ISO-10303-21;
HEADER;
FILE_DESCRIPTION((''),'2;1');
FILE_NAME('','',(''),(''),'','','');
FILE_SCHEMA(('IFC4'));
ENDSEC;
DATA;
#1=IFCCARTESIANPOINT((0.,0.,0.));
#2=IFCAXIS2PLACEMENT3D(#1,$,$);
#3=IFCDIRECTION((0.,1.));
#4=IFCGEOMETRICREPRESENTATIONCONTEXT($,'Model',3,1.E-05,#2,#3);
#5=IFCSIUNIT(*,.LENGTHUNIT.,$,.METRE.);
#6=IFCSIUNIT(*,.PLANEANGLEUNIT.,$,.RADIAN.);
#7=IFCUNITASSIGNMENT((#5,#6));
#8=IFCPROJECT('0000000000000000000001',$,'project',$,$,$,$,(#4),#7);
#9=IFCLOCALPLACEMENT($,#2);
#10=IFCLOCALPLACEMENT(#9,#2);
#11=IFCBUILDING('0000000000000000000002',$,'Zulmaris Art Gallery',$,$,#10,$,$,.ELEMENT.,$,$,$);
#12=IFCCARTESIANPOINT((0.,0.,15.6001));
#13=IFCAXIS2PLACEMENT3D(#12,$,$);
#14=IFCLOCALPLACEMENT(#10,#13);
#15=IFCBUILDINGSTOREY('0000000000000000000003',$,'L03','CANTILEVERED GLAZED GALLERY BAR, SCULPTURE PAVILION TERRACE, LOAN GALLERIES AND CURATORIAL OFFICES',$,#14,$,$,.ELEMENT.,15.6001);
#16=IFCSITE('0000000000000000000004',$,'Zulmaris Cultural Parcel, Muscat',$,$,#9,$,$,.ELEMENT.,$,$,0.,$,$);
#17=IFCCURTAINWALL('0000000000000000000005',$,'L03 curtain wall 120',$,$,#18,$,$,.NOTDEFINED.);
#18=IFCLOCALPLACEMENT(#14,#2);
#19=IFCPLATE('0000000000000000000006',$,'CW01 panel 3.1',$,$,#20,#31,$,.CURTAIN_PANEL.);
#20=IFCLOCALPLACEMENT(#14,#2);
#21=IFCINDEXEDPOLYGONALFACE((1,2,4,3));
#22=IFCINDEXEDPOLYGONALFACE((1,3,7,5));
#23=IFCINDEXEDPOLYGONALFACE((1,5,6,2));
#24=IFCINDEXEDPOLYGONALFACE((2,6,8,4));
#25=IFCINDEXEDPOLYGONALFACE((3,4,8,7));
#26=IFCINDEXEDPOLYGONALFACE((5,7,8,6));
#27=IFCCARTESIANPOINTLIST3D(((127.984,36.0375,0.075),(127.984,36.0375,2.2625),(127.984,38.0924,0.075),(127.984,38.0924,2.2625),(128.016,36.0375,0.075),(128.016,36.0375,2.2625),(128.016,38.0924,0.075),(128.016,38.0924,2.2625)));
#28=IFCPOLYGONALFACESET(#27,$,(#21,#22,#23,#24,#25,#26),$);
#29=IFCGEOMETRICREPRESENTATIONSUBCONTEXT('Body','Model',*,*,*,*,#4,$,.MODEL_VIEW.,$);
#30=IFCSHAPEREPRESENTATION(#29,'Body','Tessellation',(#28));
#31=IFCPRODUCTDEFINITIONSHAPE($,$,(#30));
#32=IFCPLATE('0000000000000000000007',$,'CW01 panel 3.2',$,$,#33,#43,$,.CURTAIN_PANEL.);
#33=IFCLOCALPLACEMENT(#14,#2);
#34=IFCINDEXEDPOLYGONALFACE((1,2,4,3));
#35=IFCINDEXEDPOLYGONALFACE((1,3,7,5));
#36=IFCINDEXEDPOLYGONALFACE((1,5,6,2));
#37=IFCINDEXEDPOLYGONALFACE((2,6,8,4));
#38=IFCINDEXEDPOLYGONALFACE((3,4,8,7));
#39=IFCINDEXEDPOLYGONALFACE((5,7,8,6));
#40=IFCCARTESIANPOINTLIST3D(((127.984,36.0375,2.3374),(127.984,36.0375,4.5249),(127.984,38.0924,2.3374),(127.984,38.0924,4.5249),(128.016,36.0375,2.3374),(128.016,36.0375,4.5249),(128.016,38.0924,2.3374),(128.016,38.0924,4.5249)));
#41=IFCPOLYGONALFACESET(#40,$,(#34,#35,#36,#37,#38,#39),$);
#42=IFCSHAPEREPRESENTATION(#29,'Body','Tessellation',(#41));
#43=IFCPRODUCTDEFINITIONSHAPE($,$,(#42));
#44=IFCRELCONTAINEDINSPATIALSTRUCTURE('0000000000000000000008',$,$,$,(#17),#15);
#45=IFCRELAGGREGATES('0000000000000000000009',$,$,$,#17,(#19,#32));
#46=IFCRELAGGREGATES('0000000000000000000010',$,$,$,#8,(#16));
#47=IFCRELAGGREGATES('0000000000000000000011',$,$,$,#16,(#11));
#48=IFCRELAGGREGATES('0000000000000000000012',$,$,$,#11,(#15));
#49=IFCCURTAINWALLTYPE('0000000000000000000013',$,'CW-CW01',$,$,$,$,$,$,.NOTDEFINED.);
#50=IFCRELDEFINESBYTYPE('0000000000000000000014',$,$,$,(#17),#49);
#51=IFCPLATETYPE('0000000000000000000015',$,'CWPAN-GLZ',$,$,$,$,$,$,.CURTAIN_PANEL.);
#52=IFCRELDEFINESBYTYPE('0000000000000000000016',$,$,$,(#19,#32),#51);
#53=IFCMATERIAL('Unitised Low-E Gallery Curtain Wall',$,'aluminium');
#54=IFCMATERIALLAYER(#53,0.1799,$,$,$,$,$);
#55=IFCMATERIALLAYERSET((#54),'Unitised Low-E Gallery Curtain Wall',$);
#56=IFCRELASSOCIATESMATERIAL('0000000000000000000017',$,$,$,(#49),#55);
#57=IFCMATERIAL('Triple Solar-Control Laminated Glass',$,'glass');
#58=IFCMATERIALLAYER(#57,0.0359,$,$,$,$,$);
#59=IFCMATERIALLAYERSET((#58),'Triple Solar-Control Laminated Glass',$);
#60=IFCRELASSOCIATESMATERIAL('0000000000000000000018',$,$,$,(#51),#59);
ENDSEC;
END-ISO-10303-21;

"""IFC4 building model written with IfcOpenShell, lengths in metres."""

from ifc_helpers import new_model, si_unit, direction, frame, origin, origin_2d, place, context, subcontext, project, spatial, rectangle, extrude, material, layer, layer_set, type_object, element, aggregate, save


model = new_model("IFC4")

# Units and contexts
model_context = context("Model", 3, precision=1e-05, world=origin(), true_north=direction((0.0, 1.0)))
body_context = subcontext(model_context, "Body", "Model", "MODEL_VIEW")
ifc_project = project(units=[si_unit("LENGTHUNIT", "METRE"), si_unit("PLANEANGLEUNIT", "RADIAN")], contexts=[model_context])

# Site, building, storey
site_placement = place(None, origin())
site = spatial("IfcSite", under=ifc_project, at=site_placement, Name="Zulmaris Cultural Parcel, Muscat", CompositionType="ELEMENT", RefElevation=0.0)
building_placement = place(site_placement, origin())
building = spatial("IfcBuilding", under=site, at=building_placement, Name="Zulmaris Art Gallery", CompositionType="ELEMENT")
storey_placement = place(building_placement, frame((0.0, 0.0, 15.6001)))
storey = spatial("IfcBuildingStorey", under=building, at=storey_placement, Name="L03", Description="CANTILEVERED GLAZED GALLERY BAR, SCULPTURE PAVILION TERRACE, LOAN GALLERIES AND CURATORIAL OFFICES", CompositionType="ELEMENT", Elevation=15.6001)

# Curtain wall, plates
ifc_material_1 = material(Name="Unitised Low-E Gallery Curtain Wall", Category="aluminium")
ifc_layer_1 = layer(ifc_material_1, 0.1799)
ifc_layer_set_1 = layer_set([ifc_layer_1], Name="Unitised Low-E Gallery Curtain Wall")
curtain_wall_type = type_object("IfcCurtainWallType", Name="CW-CW01", PredefinedType="NOTDEFINED", material=ifc_layer_set_1)
curtain_wall_placement = place(storey_placement, origin())
curtain_wall = element("IfcCurtainWall", 1, at=curtain_wall_placement, inside=storey, type_object=curtain_wall_type, Name="L03 curtain wall 120", PredefinedType="NOTDEFINED")
ifc_material_2 = material(Name="Triple Solar-Control Laminated Glass", Category="glass")
ifc_layer_2 = layer(ifc_material_2, 0.0359)
ifc_layer_set_2 = layer_set([ifc_layer_2], Name="Triple Solar-Control Laminated Glass")
plate_type = type_object("IfcPlateType", Name="CWPAN-GLZ", PredefinedType="CURTAIN_PANEL", material=ifc_layer_set_2)
plate_1_placement = place(storey_placement, frame((128.0, 37.0649, 0.075), z_axis=(0.0, 0.0, 1.0), x_axis=(0.0, 1.0, 0.0)))
plate_1 = element("IfcPlate", 2, at=plate_1_placement, type_object=plate_type, Name="CW01 panel 3.1", PredefinedType="CURTAIN_PANEL", context=body_context, shape_type="SweptSolid", body=[
    extrude(rectangle(XDim=2.0549, YDim=0.032, at=origin_2d()), origin(), (0.0, 0.0, 1.0), 2.1875),
])
plate_2_placement = place(storey_placement, frame((128.0, 37.0649, 2.3374), z_axis=(0.0, 0.0, 1.0), x_axis=(0.0, 1.0, 0.0)))
plate_2 = element("IfcPlate", 3, at=plate_2_placement, type_object=plate_type, Name="CW01 panel 3.2", PredefinedType="CURTAIN_PANEL", context=body_context, shape_type="SweptSolid", body=[
    extrude(rectangle(XDim=2.0549, YDim=0.032, at=origin_2d()), origin(), (0.0, 0.0, 1.0), 2.1875),
])
aggregate(curtain_wall, [plate_1, plate_2])

save(model, "model.ifc")
